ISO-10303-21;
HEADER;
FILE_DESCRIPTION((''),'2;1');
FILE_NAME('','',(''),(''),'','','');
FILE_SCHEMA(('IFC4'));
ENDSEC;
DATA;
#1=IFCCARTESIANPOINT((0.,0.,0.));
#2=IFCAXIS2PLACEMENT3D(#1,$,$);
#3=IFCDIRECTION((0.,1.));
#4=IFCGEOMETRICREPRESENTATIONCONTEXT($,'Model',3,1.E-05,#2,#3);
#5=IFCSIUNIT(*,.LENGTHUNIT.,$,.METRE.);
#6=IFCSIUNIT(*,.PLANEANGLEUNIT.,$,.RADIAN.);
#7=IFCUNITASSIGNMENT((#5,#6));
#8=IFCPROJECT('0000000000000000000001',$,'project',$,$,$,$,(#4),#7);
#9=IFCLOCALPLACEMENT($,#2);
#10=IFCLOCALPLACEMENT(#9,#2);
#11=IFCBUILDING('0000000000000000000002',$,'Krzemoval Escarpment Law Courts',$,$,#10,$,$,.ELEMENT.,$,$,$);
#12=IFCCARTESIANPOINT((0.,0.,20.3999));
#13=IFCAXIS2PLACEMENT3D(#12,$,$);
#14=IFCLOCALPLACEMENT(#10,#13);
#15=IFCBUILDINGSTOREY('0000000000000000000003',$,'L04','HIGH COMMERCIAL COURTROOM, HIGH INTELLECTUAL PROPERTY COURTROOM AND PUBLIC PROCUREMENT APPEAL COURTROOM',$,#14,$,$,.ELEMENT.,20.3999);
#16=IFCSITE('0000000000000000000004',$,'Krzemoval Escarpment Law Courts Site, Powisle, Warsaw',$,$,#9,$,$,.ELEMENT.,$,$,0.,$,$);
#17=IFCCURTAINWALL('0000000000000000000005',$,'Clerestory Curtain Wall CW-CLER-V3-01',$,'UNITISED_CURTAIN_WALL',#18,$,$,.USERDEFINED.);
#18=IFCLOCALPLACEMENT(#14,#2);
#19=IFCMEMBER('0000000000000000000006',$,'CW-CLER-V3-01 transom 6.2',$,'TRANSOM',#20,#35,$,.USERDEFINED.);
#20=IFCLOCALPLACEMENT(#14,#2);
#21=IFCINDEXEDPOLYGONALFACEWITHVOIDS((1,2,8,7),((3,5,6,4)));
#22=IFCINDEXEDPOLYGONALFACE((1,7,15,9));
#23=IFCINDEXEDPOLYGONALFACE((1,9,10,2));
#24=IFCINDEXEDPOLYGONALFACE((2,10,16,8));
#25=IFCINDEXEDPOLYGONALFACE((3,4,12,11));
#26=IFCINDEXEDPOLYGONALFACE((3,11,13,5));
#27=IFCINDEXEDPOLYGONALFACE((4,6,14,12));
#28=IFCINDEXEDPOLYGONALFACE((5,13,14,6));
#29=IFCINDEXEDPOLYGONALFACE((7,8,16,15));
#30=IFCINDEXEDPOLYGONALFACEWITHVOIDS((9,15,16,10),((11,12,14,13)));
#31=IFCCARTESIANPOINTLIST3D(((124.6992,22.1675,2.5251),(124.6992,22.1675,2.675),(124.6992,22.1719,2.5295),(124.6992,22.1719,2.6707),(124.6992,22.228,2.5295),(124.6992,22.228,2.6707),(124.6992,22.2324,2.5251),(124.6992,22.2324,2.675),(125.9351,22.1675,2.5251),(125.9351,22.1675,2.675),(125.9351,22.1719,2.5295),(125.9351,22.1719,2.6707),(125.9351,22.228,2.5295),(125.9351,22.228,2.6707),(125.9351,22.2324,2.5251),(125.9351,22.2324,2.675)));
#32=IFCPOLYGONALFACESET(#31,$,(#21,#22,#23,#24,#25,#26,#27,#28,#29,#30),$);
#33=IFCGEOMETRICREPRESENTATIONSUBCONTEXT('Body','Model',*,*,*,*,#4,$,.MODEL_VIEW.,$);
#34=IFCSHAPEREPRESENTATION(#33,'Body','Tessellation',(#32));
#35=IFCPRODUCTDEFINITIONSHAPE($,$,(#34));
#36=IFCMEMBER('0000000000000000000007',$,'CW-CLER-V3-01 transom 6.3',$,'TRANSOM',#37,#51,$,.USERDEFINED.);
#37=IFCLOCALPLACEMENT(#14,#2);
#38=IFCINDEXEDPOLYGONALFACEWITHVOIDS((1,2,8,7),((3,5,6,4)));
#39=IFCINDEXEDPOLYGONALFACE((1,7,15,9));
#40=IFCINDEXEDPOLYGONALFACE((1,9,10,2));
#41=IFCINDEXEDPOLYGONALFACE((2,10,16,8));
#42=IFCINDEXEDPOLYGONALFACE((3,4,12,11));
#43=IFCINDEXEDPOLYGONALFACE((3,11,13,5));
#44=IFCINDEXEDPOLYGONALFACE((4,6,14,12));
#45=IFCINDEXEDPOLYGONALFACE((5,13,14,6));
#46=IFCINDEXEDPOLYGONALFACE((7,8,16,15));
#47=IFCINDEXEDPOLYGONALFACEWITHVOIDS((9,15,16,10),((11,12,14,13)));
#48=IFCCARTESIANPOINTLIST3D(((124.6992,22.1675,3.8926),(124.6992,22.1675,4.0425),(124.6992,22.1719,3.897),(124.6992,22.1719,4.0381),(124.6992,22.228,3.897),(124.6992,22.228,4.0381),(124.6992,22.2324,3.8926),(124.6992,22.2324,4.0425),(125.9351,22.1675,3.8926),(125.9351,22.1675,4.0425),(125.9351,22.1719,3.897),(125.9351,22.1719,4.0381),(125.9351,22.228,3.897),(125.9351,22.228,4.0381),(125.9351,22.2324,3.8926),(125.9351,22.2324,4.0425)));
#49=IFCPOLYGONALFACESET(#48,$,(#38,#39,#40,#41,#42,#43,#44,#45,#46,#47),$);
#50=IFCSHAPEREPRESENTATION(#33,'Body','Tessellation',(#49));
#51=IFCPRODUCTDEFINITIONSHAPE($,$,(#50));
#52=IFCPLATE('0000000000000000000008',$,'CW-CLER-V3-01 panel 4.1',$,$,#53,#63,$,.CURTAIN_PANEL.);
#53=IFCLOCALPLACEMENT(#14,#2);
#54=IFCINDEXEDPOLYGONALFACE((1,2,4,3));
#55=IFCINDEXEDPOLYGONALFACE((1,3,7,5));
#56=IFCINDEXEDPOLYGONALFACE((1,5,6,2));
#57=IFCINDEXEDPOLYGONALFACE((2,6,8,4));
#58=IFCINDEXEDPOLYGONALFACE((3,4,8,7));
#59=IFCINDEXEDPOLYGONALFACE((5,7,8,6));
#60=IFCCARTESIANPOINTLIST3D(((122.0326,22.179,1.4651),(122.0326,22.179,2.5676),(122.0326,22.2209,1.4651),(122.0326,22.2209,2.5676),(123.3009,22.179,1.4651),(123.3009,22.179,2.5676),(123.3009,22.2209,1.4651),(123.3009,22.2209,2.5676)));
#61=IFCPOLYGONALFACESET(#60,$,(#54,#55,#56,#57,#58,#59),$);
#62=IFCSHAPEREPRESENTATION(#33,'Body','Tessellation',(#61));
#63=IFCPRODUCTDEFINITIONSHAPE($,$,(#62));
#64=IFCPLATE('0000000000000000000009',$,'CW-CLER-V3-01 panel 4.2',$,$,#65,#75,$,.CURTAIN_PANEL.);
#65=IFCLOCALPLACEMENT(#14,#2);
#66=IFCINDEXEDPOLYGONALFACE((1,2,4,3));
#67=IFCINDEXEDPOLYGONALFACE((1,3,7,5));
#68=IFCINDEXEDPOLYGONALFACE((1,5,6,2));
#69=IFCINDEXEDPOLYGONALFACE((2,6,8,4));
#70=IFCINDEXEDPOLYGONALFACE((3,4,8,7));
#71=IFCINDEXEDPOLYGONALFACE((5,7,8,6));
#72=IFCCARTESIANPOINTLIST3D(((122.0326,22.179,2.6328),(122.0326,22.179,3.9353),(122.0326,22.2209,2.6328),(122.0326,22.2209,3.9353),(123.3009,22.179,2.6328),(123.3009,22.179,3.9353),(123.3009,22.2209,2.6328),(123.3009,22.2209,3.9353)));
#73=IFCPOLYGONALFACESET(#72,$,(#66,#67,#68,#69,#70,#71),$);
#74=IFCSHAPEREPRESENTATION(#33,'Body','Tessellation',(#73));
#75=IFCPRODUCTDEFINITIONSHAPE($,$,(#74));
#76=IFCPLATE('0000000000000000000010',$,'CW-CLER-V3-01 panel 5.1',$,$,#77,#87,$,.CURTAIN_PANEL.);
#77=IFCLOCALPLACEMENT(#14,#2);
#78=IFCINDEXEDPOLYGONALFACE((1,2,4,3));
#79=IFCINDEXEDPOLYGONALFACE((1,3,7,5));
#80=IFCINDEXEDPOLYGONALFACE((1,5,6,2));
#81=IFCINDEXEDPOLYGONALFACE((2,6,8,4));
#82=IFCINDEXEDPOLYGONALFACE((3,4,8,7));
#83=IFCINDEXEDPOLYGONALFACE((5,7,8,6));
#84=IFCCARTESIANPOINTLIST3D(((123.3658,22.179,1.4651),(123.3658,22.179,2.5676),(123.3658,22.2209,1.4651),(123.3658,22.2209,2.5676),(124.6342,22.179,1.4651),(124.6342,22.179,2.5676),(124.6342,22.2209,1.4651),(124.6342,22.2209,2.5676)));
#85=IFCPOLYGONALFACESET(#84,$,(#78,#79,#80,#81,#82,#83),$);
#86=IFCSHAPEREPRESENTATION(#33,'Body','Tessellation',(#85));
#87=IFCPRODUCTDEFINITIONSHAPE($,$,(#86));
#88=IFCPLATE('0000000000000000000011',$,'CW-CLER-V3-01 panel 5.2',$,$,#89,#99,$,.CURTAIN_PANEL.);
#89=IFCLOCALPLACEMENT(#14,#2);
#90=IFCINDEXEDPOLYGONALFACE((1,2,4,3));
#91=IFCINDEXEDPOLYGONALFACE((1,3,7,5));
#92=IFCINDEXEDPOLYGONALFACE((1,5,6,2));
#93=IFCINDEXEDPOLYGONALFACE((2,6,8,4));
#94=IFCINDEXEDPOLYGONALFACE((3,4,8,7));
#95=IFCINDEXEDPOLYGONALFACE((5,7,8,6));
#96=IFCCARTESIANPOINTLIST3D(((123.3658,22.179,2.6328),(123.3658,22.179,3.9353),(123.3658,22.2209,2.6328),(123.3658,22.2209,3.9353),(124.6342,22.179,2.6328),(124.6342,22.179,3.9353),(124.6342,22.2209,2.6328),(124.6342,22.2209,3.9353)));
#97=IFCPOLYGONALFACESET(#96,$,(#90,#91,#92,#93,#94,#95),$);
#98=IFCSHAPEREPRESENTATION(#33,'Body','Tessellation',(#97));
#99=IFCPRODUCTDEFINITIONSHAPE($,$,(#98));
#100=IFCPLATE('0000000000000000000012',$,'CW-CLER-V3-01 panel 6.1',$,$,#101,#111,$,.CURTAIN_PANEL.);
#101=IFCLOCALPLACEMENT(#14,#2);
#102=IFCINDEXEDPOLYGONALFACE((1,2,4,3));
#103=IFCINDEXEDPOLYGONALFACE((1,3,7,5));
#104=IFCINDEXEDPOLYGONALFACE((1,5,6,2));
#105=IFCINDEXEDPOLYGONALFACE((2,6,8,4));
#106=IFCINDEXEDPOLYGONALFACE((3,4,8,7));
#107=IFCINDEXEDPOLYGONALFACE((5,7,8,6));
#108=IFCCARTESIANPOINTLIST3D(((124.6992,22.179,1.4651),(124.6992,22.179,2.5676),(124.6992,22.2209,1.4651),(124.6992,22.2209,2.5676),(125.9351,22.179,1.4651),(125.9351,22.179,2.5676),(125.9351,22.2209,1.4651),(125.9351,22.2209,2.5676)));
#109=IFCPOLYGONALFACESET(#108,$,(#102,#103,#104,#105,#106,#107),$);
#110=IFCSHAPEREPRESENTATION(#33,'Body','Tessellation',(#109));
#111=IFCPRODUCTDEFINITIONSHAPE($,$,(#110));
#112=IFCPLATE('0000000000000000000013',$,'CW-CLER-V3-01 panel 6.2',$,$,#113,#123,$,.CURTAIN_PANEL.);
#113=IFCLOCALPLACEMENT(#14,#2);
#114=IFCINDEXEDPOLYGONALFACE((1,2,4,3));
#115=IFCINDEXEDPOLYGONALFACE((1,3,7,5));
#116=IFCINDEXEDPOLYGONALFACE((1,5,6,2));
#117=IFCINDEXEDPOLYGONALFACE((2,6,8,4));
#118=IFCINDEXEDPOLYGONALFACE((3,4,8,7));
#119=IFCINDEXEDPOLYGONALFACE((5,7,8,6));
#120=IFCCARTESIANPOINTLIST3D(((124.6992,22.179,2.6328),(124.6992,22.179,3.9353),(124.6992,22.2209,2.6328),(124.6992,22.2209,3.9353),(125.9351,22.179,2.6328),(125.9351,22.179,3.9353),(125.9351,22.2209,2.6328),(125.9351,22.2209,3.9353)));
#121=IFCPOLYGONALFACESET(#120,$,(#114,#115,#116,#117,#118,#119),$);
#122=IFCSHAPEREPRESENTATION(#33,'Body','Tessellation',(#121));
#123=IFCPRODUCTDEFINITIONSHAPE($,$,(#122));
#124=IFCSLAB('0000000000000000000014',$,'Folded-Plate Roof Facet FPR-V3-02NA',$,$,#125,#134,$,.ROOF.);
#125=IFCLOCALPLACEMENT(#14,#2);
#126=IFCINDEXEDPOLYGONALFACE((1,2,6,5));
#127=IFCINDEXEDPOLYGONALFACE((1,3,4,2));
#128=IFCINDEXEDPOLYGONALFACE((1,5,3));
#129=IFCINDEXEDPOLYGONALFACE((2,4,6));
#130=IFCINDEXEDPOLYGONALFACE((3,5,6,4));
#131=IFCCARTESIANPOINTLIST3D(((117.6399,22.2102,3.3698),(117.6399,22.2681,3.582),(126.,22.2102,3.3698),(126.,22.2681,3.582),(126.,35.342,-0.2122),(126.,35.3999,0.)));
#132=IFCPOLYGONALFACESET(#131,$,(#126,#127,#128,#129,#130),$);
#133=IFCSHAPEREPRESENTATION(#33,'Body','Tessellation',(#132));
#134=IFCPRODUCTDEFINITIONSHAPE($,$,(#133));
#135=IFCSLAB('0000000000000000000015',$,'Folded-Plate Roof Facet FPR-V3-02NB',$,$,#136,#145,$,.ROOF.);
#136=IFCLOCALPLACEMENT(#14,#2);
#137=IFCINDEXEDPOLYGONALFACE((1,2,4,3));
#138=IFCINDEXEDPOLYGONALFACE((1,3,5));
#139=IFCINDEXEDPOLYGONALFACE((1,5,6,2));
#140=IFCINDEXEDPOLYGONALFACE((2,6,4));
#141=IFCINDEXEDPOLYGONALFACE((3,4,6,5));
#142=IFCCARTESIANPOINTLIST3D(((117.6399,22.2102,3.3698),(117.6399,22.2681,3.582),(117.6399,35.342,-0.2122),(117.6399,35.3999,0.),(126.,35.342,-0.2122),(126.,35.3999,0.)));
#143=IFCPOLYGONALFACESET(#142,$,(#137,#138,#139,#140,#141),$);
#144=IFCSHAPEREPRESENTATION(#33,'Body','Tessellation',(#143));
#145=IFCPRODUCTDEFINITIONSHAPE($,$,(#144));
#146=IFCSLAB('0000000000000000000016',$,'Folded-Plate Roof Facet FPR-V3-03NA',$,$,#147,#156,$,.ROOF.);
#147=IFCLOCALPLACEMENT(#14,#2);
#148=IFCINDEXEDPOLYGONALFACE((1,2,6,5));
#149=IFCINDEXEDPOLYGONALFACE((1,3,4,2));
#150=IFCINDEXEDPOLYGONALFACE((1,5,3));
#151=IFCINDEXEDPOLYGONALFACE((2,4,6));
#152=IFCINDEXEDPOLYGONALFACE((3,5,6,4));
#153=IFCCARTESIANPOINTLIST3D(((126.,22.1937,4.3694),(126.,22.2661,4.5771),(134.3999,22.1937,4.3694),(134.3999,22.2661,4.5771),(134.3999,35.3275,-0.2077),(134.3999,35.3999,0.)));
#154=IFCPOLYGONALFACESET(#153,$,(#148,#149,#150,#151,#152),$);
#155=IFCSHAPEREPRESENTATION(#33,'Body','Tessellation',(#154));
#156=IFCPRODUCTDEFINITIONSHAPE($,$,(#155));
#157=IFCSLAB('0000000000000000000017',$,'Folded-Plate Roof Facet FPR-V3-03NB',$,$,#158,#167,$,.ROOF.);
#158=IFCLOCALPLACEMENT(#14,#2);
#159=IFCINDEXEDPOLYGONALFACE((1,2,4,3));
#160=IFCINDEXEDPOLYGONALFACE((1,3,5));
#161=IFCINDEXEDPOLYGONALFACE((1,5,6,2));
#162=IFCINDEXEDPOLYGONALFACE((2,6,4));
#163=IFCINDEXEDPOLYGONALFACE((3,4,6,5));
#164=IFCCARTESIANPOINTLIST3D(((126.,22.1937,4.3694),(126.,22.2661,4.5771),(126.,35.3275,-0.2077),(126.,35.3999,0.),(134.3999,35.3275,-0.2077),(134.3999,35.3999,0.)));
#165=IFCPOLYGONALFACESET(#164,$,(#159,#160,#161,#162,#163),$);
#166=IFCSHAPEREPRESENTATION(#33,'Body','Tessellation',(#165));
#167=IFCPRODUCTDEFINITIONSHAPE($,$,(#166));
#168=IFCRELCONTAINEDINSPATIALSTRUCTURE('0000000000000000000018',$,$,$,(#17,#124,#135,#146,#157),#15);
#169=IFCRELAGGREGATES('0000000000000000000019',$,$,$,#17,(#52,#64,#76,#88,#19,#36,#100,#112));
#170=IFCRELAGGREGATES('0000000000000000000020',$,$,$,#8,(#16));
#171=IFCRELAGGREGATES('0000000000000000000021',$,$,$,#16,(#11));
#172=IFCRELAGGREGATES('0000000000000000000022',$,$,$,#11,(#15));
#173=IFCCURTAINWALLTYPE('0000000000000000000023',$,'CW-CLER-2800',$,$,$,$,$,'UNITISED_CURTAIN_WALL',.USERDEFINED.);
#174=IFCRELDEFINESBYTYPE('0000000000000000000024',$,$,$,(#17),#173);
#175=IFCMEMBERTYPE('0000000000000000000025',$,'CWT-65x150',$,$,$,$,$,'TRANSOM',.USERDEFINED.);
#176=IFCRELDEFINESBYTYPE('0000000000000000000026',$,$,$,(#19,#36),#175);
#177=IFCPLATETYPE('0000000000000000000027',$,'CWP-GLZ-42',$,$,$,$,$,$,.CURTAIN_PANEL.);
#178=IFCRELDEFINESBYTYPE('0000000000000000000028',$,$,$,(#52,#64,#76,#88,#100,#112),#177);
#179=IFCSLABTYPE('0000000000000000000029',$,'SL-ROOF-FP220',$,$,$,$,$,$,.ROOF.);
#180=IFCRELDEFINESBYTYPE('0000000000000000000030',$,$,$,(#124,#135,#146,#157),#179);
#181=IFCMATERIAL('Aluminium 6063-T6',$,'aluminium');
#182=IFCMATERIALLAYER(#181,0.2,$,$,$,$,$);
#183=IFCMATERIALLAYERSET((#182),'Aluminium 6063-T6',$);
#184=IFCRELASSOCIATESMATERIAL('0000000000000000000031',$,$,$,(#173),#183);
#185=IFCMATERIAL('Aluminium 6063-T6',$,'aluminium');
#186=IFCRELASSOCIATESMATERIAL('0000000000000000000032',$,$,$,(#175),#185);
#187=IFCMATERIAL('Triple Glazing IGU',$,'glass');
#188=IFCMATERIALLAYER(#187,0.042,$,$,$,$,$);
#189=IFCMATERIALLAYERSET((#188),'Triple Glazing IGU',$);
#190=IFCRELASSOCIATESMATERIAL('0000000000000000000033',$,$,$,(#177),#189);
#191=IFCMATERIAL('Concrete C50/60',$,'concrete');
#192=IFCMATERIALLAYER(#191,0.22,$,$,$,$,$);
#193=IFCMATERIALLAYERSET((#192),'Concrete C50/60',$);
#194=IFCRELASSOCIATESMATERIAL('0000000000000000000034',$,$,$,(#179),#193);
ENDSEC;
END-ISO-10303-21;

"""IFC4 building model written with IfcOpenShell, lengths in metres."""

from ifc_helpers import new_model, si_unit, direction, frame, origin, origin_2d, place, context, subcontext, project, spatial, polyline, rectangle, hollow_rectangle, outline, extrude, material, layer, layer_set, material_profile, profile_set, type_object, element, aggregate, save


model = new_model("IFC4")

# Units and contexts
model_context = context("Model", 3, precision=1e-05, world=origin(), true_north=direction((0.0, 1.0)))
body_context = subcontext(model_context, "Body", "Model", "MODEL_VIEW")
ifc_project = project(units=[si_unit("LENGTHUNIT", "METRE"), si_unit("PLANEANGLEUNIT", "RADIAN")], contexts=[model_context])

# Site, building, storey
site_placement = place(None, origin())
site = spatial("IfcSite", under=ifc_project, at=site_placement, Name="Krzemoval Escarpment Law Courts Site, Powisle, Warsaw", CompositionType="ELEMENT", RefElevation=0.0)
building_placement = place(site_placement, origin())
building = spatial("IfcBuilding", under=site, at=building_placement, Name="Krzemoval Escarpment Law Courts", CompositionType="ELEMENT")
storey_placement = place(building_placement, frame((0.0, 0.0, 20.3999)))
storey = spatial("IfcBuildingStorey", under=building, at=storey_placement, Name="L04", Description="HIGH COMMERCIAL COURTROOM, HIGH INTELLECTUAL PROPERTY COURTROOM AND PUBLIC PROCUREMENT APPEAL COURTROOM", CompositionType="ELEMENT", Elevation=20.3999)

# Curtain wall, members, plates
ifc_material_1 = material(Name="Aluminium 6063-T6", Category="aluminium")
ifc_layer_1 = layer(ifc_material_1, 0.2)
ifc_layer_set_1 = layer_set([ifc_layer_1], Name="Aluminium 6063-T6")
curtain_wall_type = type_object("IfcCurtainWallType", Name="CW-CLER-2800", ElementType="UNITISED_CURTAIN_WALL", PredefinedType="USERDEFINED", material=ifc_layer_set_1)
curtain_wall_placement = place(storey_placement, origin())
curtain_wall = element("IfcCurtainWall", 1, at=curtain_wall_placement, inside=storey, type_object=curtain_wall_type, Name="Clerestory Curtain Wall CW-CLER-V3-01", ObjectType="UNITISED_CURTAIN_WALL", PredefinedType="USERDEFINED")
ifc_material_2 = material(Name="Aluminium 6063-T6", Category="aluminium")
ifc_material_profile_1 = material_profile(ifc_material_2, hollow_rectangle(XDim=0.0649, YDim=0.1499, WallThickness=0.0044, at=origin_2d()), Name="ALU T65x150")
ifc_profile_set_1 = profile_set([ifc_material_profile_1], Name="Aluminium 6063-T6")
member_type_1 = type_object("IfcMemberType", Name="CWT-65x150", ElementType="TRANSOM", PredefinedType="USERDEFINED", material=ifc_profile_set_1)
member_1_placement = place(storey_placement, frame((124.6992, 22.2, 2.6001), z_axis=(1.0, 0.0, 0.0), x_axis=(0.0, 1.0, 0.0)))
member_1 = element("IfcMember", 2, at=member_1_placement, type_object=member_type_1, Name="CW-CLER-V3-01 transom 6.2", ObjectType="TRANSOM", PredefinedType="USERDEFINED", context=body_context, shape_type="SweptSolid", body=[
    extrude(hollow_rectangle(XDim=0.0649, YDim=0.1499, WallThickness=0.0044, at=origin_2d()), origin(), (0.0, 0.0, 1.0), 1.2358),
])
member_2_placement = place(storey_placement, frame((124.6992, 22.2, 3.9675), z_axis=(1.0, 0.0, 0.0), x_axis=(0.0, 1.0, 0.0)))
member_2 = element("IfcMember", 3, at=member_2_placement, type_object=member_type_1, Name="CW-CLER-V3-01 transom 6.3", ObjectType="TRANSOM", PredefinedType="USERDEFINED", context=body_context, shape_type="SweptSolid", body=[
    extrude(hollow_rectangle(XDim=0.0649, YDim=0.1499, WallThickness=0.0044, at=origin_2d()), origin(), (0.0, 0.0, 1.0), 1.2358),
])
ifc_material_3 = material(Name="Triple Glazing IGU", Category="glass")
ifc_layer_2 = layer(ifc_material_3, 0.042)
ifc_layer_set_2 = layer_set([ifc_layer_2], Name="Triple Glazing IGU")
plate_type = type_object("IfcPlateType", Name="CWP-GLZ-42", PredefinedType="CURTAIN_PANEL", material=ifc_layer_set_2)
plate_1_placement = place(storey_placement, frame((122.6667, 22.2, 1.4651), z_axis=(0.0, 0.0, 1.0), x_axis=(1.0, 0.0, 0.0)))
plate_1 = element("IfcPlate", 4, at=plate_1_placement, type_object=plate_type, Name="CW-CLER-V3-01 panel 4.1", PredefinedType="CURTAIN_PANEL", context=body_context, shape_type="SweptSolid", body=[
    extrude(rectangle(XDim=1.2683, YDim=0.042, at=origin_2d()), origin(), (0.0, 0.0, 1.0), 1.1025),
])
plate_2_placement = place(storey_placement, frame((122.6667, 22.2, 2.6328), z_axis=(0.0, 0.0, 1.0), x_axis=(1.0, 0.0, 0.0)))
plate_2 = element("IfcPlate", 5, at=plate_2_placement, type_object=plate_type, Name="CW-CLER-V3-01 panel 4.2", PredefinedType="CURTAIN_PANEL", context=body_context, shape_type="SweptSolid", body=[
    extrude(rectangle(XDim=1.2683, YDim=0.042, at=origin_2d()), origin(), (0.0, 0.0, 1.0), 1.3025),
])
plate_3_placement = place(storey_placement, frame((124.0, 22.2, 1.4651), z_axis=(0.0, 0.0, 1.0), x_axis=(1.0, 0.0, 0.0)))
plate_3 = element("IfcPlate", 6, at=plate_3_placement, type_object=plate_type, Name="CW-CLER-V3-01 panel 5.1", PredefinedType="CURTAIN_PANEL", context=body_context, shape_type="SweptSolid", body=[
    extrude(rectangle(XDim=1.2683, YDim=0.042, at=origin_2d()), origin(), (0.0, 0.0, 1.0), 1.1025),
])
plate_4_placement = place(storey_placement, frame((124.0, 22.2, 2.6328), z_axis=(0.0, 0.0, 1.0), x_axis=(1.0, 0.0, 0.0)))
plate_4 = element("IfcPlate", 7, at=plate_4_placement, type_object=plate_type, Name="CW-CLER-V3-01 panel 5.2", PredefinedType="CURTAIN_PANEL", context=body_context, shape_type="SweptSolid", body=[
    extrude(rectangle(XDim=1.2683, YDim=0.042, at=origin_2d()), origin(), (0.0, 0.0, 1.0), 1.3025),
])
plate_5_placement = place(storey_placement, frame((125.3171, 22.2, 1.4651), z_axis=(0.0, 0.0, 1.0), x_axis=(1.0, 0.0, 0.0)))
plate_5 = element("IfcPlate", 8, at=plate_5_placement, type_object=plate_type, Name="CW-CLER-V3-01 panel 6.1", PredefinedType="CURTAIN_PANEL", context=body_context, shape_type="SweptSolid", body=[
    extrude(rectangle(XDim=1.2358, YDim=0.042, at=origin_2d()), origin(), (0.0, 0.0, 1.0), 1.1025),
])
plate_6_placement = place(storey_placement, frame((125.3171, 22.2, 2.6328), z_axis=(0.0, 0.0, 1.0), x_axis=(1.0, 0.0, 0.0)))
plate_6 = element("IfcPlate", 9, at=plate_6_placement, type_object=plate_type, Name="CW-CLER-V3-01 panel 6.2", PredefinedType="CURTAIN_PANEL", context=body_context, shape_type="SweptSolid", body=[
    extrude(rectangle(XDim=1.2358, YDim=0.042, at=origin_2d()), origin(), (0.0, 0.0, 1.0), 1.3025),
])
aggregate(curtain_wall, [plate_1, plate_2, plate_3, plate_4, member_1, member_2, plate_5, plate_6])

# Slabs
ifc_material_4 = material(Name="Concrete C50/60", Category="concrete")
ifc_layer_3 = layer(ifc_material_4, 0.22)
ifc_layer_set_3 = layer_set([ifc_layer_3], Name="Concrete C50/60")
slab_type = type_object("IfcSlabType", Name="SL-ROOF-FP220", PredefinedType="ROOF", material=ifc_layer_set_3)
slab_1_placement = place(storey_placement, frame((117.6399, 22.2681, 3.582), z_axis=(0.0, 0.26316, 0.964752), x_axis=(1.0, 0.0, 0.0)))
element("IfcSlab", 10, at=slab_1_placement, inside=storey, type_object=slab_type, Name="Folded-Plate Roof Facet FPR-V3-02NA", PredefinedType="ROOF", context=body_context, shape_type="SweptSolid", body=[
    extrude(outline(polyline([(0.0, 0.0), (8.3601, 0.0), (8.3601, 13.6116), (0.0, 0.0)])), origin(), (0.0, 0.0, -1.0), 0.22),
])
slab_2_placement = place(storey_placement, frame((117.6399, 22.2681, 3.582), z_axis=(0.0, 0.26316, 0.964752), x_axis=(0.523358, 0.822078, -0.224242)))
element("IfcSlab", 11, at=slab_2_placement, inside=storey, type_object=slab_type, Name="Folded-Plate Roof Facet FPR-V3-02NB", PredefinedType="ROOF", context=body_context, shape_type="SweptSolid", body=[
    extrude(outline(polyline([(0.0, 0.0), (15.974, 0.0), (11.5986, 7.1238), (0.0, 0.0)])), origin(), (0.0, 0.0, -1.0), 0.22),
])
slab_3_placement = place(storey_placement, frame((126.0, 22.2661, 4.5771), z_axis=(0.0, 0.32909, 0.944299), x_axis=(1.0, 0.0, 0.0)))
element("IfcSlab", 12, at=slab_3_placement, inside=storey, type_object=slab_type, Name="Folded-Plate Roof Facet FPR-V3-03NA", PredefinedType="ROOF", context=body_context, shape_type="SweptSolid", body=[
    extrude(outline(polyline([(0.0, 0.0), (8.3999, 0.0), (8.3999, 13.9085), (0.0, 0.0)])), origin(), (0.0, 0.0, -1.0), 0.22),
])
slab_4_placement = place(storey_placement, frame((126.0, 22.2661, 4.5771), z_axis=(0.0, 0.32909, 0.944299), x_axis=(0.516973, 0.808321, -0.281701)))
element("IfcSlab", 13, at=slab_4_placement, inside=storey, type_object=slab_type, Name="Folded-Plate Roof Facet FPR-V3-03NB", PredefinedType="ROOF", context=body_context, shape_type="SweptSolid", body=[
    extrude(outline(polyline([(0.0, 0.0), (16.2482, 0.0), (11.9057, 7.1903), (0.0, 0.0)])), origin(), (0.0, 0.0, -1.0), 0.22),
])

save(model, "model.ifc")
